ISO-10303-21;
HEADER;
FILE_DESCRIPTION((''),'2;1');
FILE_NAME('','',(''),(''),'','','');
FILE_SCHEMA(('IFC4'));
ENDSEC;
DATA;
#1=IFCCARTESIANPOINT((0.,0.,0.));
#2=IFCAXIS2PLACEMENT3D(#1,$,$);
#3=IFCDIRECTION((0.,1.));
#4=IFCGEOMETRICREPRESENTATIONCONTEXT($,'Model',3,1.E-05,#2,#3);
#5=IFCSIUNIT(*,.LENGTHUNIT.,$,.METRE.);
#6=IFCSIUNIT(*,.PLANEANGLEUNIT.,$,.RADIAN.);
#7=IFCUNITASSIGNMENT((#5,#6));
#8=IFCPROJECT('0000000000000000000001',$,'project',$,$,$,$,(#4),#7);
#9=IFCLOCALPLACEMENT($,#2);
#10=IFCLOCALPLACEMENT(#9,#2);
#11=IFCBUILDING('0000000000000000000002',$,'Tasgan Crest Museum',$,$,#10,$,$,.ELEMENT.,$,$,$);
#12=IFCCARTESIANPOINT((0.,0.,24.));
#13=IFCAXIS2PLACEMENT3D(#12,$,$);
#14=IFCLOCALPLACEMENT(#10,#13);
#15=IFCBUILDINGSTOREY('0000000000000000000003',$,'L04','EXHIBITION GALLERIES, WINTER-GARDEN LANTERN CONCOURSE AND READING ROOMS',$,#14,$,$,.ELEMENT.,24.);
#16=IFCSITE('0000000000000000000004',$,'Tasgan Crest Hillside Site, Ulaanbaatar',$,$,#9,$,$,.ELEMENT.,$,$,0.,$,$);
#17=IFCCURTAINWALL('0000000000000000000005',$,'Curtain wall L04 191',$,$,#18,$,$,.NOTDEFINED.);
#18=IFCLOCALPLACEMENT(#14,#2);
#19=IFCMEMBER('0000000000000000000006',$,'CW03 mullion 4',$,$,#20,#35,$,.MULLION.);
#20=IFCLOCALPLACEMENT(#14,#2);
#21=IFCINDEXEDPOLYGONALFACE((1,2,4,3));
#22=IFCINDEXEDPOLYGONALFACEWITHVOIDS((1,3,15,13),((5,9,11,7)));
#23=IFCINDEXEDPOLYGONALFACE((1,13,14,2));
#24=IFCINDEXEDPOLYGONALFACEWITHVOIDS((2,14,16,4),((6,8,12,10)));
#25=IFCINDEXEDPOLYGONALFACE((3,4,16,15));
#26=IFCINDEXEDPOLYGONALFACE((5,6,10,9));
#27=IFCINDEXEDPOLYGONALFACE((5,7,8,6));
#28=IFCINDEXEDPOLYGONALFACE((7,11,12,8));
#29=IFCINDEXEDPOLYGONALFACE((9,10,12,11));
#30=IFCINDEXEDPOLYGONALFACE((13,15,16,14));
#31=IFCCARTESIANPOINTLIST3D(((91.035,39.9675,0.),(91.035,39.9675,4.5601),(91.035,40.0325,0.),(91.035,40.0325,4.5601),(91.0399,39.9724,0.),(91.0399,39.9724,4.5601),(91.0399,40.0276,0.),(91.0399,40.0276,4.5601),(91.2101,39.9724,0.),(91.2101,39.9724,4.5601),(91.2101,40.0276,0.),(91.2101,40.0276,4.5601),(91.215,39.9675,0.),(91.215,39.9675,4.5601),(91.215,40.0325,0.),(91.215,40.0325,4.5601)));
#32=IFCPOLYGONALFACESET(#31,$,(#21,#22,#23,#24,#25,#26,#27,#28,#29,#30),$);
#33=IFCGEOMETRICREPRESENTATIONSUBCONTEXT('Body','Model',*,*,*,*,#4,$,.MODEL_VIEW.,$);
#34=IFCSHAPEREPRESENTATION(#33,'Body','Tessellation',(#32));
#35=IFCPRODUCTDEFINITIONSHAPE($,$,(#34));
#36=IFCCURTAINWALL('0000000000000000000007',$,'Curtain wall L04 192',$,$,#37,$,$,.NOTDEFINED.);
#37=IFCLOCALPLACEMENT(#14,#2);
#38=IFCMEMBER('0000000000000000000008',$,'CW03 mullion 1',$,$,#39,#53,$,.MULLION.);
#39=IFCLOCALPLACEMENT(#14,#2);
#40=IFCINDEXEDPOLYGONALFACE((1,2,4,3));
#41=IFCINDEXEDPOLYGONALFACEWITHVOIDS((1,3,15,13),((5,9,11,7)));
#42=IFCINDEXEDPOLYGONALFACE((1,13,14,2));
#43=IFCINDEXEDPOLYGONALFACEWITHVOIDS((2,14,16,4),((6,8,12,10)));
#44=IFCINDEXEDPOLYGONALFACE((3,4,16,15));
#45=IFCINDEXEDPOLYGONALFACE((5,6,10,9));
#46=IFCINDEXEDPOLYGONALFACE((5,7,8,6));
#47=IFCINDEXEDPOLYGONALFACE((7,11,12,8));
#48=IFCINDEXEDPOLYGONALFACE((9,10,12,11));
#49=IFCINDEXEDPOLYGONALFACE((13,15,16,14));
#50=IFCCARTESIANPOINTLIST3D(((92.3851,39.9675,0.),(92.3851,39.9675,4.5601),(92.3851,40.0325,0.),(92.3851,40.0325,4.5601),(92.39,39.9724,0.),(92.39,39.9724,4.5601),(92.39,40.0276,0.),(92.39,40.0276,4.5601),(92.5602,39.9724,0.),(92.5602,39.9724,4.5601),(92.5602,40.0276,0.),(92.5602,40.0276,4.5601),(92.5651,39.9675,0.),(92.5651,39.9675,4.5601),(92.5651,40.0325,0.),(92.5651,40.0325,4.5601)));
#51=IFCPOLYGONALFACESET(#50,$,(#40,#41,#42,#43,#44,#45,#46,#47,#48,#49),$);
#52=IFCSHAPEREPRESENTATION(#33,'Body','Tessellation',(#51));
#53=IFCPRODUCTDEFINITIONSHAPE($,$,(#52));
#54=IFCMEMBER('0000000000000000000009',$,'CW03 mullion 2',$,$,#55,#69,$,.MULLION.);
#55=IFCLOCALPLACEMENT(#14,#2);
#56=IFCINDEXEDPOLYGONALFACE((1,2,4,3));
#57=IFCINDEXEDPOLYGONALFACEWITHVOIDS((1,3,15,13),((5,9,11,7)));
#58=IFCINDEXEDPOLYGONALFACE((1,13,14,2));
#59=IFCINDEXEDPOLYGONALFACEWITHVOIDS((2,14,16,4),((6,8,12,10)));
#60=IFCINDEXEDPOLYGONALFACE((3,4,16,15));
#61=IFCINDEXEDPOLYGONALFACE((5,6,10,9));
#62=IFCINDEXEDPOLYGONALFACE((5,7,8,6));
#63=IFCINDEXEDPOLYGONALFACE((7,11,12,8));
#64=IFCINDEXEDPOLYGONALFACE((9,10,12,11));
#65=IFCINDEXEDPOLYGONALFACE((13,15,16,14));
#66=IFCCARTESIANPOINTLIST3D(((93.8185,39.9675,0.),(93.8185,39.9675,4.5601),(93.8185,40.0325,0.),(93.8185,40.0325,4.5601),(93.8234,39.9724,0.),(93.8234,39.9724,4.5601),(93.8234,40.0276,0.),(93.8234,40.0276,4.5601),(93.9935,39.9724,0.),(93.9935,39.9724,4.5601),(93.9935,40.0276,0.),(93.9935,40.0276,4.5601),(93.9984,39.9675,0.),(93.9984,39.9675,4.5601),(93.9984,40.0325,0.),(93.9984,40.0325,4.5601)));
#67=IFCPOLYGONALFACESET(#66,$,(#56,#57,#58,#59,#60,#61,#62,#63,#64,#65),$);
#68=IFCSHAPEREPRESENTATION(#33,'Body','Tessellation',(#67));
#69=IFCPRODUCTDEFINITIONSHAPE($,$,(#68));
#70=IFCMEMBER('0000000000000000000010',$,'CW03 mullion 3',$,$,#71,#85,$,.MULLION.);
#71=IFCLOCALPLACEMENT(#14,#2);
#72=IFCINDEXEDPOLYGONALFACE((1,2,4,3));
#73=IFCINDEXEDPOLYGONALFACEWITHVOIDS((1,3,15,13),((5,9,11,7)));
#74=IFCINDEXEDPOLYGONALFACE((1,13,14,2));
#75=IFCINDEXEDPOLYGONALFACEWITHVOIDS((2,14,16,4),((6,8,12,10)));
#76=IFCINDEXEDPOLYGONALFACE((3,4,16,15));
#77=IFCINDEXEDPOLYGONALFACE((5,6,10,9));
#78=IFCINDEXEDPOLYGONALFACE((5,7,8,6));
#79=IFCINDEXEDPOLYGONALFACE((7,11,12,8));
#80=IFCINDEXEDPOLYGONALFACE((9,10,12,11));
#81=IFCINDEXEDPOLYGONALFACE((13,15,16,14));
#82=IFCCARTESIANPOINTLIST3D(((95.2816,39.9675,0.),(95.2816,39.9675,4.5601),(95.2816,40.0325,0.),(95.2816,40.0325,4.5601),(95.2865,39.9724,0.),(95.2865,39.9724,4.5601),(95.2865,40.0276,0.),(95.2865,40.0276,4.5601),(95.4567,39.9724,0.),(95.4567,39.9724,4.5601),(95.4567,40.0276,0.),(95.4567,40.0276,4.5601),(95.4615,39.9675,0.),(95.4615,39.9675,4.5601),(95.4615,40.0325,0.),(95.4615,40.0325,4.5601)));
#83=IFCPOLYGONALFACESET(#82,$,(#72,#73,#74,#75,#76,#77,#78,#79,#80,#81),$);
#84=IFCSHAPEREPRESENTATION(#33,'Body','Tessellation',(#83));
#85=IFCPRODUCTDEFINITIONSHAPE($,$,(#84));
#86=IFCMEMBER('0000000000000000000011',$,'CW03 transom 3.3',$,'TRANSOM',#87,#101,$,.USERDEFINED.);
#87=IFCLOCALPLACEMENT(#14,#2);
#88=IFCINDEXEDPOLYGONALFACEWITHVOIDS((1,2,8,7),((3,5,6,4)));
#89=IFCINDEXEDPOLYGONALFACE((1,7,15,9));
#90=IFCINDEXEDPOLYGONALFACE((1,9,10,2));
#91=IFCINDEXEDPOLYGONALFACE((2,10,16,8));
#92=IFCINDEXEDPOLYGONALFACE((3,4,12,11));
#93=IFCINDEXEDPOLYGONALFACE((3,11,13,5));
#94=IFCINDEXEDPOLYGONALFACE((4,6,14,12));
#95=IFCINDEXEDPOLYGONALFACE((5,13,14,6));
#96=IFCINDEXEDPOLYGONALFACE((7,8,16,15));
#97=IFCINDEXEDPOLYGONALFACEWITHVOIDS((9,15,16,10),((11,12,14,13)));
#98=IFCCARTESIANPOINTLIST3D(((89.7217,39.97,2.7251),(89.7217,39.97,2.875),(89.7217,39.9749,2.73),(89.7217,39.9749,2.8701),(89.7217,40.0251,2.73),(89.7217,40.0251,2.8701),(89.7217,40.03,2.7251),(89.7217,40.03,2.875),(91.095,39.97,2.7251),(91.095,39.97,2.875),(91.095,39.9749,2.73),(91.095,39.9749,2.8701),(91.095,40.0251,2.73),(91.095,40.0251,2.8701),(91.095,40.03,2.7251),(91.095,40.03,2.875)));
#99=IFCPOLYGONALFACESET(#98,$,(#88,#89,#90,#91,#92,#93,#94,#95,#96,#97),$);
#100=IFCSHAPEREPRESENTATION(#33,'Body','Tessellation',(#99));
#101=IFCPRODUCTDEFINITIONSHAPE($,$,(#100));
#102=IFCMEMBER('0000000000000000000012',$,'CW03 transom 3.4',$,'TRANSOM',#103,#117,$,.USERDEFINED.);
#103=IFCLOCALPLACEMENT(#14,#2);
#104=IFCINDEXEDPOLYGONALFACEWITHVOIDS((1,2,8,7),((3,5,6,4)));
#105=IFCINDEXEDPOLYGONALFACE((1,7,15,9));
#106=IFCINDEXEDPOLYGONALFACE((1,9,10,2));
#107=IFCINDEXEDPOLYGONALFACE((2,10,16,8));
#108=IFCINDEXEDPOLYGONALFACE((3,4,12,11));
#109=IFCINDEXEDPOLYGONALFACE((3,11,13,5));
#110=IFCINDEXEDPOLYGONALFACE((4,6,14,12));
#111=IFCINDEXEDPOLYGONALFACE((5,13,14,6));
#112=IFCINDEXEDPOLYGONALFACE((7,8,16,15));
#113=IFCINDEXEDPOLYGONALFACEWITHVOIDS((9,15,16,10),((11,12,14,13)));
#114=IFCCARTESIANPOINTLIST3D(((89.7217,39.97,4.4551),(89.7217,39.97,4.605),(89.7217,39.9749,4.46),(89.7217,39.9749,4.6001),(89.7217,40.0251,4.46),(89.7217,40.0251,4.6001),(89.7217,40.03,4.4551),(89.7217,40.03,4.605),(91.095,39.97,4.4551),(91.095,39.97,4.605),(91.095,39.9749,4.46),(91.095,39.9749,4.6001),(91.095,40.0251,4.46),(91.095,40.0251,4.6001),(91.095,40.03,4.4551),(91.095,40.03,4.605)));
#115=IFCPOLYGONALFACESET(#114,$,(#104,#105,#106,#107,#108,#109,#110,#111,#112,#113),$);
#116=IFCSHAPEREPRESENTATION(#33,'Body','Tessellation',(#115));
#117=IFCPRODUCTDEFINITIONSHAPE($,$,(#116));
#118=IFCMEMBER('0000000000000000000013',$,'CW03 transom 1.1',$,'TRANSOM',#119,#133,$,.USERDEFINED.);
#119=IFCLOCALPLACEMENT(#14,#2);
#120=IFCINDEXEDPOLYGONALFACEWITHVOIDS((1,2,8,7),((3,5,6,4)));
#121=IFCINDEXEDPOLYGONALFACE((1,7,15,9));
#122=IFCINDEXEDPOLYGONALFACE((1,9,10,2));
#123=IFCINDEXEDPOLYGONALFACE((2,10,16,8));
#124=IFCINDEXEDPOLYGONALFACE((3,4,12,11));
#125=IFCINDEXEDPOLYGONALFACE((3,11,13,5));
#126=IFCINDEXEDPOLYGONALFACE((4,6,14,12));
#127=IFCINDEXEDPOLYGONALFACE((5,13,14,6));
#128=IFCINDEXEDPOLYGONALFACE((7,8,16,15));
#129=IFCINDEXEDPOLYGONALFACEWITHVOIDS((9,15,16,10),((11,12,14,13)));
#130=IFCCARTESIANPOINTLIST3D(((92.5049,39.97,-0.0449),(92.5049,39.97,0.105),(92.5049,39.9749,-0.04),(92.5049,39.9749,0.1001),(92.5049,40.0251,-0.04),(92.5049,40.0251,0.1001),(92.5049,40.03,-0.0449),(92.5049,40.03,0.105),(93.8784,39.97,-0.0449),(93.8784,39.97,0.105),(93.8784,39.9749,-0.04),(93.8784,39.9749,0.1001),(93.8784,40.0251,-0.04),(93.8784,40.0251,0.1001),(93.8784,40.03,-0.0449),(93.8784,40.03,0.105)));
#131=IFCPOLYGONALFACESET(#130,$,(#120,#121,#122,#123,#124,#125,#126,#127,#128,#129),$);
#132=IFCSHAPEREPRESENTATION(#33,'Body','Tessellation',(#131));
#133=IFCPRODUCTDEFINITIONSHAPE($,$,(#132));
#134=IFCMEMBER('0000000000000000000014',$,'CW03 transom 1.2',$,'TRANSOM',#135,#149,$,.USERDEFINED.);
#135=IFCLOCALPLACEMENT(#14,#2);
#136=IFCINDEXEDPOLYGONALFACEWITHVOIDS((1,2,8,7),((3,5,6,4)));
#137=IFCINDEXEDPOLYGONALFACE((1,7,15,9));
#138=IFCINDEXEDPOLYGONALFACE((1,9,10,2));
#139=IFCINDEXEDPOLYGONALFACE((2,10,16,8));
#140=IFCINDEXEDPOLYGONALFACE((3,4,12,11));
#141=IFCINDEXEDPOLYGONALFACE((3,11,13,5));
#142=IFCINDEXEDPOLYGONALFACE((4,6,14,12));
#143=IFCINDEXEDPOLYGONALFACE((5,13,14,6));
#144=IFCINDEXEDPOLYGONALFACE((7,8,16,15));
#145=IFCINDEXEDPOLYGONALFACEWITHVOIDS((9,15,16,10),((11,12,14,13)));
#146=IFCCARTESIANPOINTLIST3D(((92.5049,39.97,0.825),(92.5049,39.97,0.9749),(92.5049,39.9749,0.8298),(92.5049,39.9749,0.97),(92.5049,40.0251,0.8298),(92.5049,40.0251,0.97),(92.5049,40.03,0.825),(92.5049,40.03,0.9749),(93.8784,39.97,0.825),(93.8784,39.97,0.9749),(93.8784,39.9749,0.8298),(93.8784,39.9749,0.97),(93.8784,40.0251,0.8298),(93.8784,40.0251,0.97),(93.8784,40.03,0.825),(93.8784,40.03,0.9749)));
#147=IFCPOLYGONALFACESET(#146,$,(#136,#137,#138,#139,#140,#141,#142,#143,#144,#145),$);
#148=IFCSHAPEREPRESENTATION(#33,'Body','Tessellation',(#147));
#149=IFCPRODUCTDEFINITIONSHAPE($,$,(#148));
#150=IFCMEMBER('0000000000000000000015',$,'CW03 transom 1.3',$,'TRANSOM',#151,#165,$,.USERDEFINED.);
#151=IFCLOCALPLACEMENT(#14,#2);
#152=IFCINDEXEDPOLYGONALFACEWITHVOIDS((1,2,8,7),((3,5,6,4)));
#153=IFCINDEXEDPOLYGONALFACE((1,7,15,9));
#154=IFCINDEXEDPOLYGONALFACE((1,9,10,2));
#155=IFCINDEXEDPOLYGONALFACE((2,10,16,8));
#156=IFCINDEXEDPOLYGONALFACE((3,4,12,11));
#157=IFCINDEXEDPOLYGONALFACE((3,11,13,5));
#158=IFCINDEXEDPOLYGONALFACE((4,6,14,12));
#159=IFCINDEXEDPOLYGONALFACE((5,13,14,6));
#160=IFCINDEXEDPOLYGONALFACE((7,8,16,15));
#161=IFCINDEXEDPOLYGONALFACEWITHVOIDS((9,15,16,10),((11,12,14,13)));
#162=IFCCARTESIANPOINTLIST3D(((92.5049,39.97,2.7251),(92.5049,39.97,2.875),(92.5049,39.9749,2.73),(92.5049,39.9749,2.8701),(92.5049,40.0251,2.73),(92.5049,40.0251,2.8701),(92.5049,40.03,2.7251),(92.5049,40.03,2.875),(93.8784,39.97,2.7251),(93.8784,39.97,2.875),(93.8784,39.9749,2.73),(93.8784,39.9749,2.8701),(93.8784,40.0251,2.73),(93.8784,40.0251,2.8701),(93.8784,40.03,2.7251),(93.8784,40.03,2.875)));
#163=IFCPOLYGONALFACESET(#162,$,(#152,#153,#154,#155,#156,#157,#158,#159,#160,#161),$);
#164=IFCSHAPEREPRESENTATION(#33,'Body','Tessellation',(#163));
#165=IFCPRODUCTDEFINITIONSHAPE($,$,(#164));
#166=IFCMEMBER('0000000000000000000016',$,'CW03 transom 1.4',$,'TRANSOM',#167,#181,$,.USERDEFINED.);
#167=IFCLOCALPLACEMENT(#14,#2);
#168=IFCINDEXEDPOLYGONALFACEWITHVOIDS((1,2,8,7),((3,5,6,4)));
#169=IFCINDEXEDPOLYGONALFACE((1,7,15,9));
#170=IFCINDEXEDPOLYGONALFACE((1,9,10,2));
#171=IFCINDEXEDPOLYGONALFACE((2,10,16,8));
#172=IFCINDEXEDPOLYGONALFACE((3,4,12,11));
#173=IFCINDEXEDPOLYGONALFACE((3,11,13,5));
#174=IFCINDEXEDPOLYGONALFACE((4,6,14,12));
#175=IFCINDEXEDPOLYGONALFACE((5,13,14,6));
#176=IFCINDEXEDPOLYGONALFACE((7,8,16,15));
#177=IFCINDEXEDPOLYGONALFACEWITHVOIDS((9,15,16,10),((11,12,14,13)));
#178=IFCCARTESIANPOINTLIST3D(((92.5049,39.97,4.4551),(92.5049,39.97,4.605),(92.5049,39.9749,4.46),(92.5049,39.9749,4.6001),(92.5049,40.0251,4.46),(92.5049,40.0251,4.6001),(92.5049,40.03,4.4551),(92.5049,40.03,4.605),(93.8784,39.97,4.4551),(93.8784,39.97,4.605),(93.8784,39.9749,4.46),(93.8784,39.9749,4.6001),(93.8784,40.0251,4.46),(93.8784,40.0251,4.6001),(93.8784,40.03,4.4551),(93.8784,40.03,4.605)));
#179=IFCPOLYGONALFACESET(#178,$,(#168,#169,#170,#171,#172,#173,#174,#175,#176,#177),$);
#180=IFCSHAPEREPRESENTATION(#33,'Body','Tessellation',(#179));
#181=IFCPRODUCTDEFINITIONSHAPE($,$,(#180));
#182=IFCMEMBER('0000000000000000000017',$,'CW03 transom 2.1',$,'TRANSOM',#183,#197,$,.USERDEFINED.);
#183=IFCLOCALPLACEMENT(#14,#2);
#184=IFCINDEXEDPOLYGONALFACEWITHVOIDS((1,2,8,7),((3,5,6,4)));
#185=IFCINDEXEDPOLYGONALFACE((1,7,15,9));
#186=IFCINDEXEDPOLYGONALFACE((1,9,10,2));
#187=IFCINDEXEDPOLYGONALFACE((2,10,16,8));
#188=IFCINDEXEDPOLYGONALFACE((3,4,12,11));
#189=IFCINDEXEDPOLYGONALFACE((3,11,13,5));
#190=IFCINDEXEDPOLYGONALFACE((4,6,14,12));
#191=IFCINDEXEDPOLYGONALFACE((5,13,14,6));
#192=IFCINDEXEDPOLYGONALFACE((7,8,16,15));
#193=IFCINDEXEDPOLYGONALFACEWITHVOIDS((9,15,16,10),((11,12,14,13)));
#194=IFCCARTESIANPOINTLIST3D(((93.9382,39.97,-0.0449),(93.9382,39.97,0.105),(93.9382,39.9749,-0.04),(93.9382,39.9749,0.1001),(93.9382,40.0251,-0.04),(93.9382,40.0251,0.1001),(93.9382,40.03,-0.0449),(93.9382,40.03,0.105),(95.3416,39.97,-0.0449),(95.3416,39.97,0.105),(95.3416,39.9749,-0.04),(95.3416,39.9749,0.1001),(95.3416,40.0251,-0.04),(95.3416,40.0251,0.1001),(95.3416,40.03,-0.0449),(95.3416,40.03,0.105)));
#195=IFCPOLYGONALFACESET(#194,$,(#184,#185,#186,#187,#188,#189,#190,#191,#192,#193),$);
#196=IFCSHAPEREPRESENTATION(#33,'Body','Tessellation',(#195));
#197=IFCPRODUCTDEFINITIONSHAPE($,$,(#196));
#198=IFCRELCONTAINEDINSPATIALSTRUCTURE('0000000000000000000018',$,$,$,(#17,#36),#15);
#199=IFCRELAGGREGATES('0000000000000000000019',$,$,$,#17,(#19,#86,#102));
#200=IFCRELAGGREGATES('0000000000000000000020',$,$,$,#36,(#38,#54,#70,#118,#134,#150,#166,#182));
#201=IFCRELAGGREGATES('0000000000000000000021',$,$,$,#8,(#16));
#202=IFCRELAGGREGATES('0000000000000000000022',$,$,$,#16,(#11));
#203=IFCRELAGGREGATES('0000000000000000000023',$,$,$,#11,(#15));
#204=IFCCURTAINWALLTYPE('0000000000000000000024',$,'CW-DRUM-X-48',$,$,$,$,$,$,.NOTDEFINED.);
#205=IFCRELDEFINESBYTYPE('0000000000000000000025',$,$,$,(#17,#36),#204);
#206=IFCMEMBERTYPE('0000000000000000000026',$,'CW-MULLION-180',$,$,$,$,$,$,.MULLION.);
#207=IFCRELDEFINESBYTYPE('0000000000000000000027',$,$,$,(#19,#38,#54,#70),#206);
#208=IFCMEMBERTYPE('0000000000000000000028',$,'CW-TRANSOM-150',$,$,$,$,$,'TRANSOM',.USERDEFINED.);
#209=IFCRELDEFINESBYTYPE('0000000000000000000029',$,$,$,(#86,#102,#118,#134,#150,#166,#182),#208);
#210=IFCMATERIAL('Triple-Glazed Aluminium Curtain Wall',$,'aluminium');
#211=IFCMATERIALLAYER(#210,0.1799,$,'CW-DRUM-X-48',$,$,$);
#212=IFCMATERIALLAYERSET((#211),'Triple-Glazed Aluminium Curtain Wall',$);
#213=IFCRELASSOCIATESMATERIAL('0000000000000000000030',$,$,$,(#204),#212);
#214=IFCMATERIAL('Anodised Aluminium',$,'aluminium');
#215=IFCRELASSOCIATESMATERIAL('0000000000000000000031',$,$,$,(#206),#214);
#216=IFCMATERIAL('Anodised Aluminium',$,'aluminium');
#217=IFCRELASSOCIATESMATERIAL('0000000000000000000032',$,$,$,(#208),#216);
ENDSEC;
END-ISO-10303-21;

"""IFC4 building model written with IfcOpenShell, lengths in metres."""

from ifc_helpers import new_model, si_unit, direction, frame, origin, origin_2d, place, context, subcontext, project, spatial, hollow_rectangle, extrude, material, layer, layer_set, material_profile, profile_set, type_object, element, aggregate, save


model = new_model("IFC4")

# Units and contexts
model_context = context("Model", 3, precision=1e-05, world=origin(), true_north=direction((0.0, 1.0)))
body_context = subcontext(model_context, "Body", "Model", "MODEL_VIEW")
ifc_project = project(units=[si_unit("LENGTHUNIT", "METRE"), si_unit("PLANEANGLEUNIT", "RADIAN")], contexts=[model_context])

# Site, building, storey
site_placement = place(None, origin())
site = spatial("IfcSite", under=ifc_project, at=site_placement, Name="Tasgan Crest Hillside Site, Ulaanbaatar", CompositionType="ELEMENT", RefElevation=0.0)
building_placement = place(site_placement, origin())
building = spatial("IfcBuilding", under=site, at=building_placement, Name="Tasgan Crest Museum", CompositionType="ELEMENT")
storey_placement = place(building_placement, frame((0.0, 0.0, 24.0)))
storey = spatial("IfcBuildingStorey", under=building, at=storey_placement, Name="L04", Description="EXHIBITION GALLERIES, WINTER-GARDEN LANTERN CONCOURSE AND READING ROOMS", CompositionType="ELEMENT", Elevation=24.0)

# Curtain wall, member
ifc_material_1 = material(Name="Triple-Glazed Aluminium Curtain Wall", Category="aluminium")
ifc_layer_1 = layer(ifc_material_1, 0.1799, Name="CW-DRUM-X-48")
ifc_layer_set_1 = layer_set([ifc_layer_1], Name="Triple-Glazed Aluminium Curtain Wall")
curtain_wall_type = type_object("IfcCurtainWallType", Name="CW-DRUM-X-48", PredefinedType="NOTDEFINED", material=ifc_layer_set_1)
curtain_wall_1_placement = place(storey_placement, origin())
curtain_wall_1 = element("IfcCurtainWall", 1, at=curtain_wall_1_placement, inside=storey, type_object=curtain_wall_type, Name="Curtain wall L04 191", PredefinedType="NOTDEFINED")
ifc_material_2 = material(Name="Anodised Aluminium", Category="aluminium")
ifc_material_profile_1 = material_profile(ifc_material_2, hollow_rectangle(XDim=0.0649, YDim=0.1799, WallThickness=0.0049, at=origin_2d()), Name="ALU MULLION 180x65x5")
ifc_profile_set_1 = profile_set([ifc_material_profile_1], Name="Anodised Aluminium")
member_type_1 = type_object("IfcMemberType", Name="CW-MULLION-180", PredefinedType="MULLION", material=ifc_profile_set_1)
member_1_placement = place(storey_placement, frame((91.125, 40.0, 0.0), z_axis=(0.0, 0.0, 1.0), x_axis=(0.0, 1.0, 0.0)))
member_1 = element("IfcMember", 2, at=member_1_placement, type_object=member_type_1, Name="CW03 mullion 4", PredefinedType="MULLION", context=body_context, shape_type="SweptSolid", body=[
    extrude(hollow_rectangle(XDim=0.0649, YDim=0.1799, WallThickness=0.0049, at=origin_2d()), origin(), (0.0, 0.0, 1.0), 4.5601),
])

# Curtain wall, members
curtain_wall_2_placement = place(storey_placement, origin())
curtain_wall_2 = element("IfcCurtainWall", 3, at=curtain_wall_2_placement, inside=storey, type_object=curtain_wall_type, Name="Curtain wall L04 192", PredefinedType="NOTDEFINED")
member_2_placement = place(storey_placement, frame((92.4751, 40.0, 0.0), z_axis=(0.0, 0.0, 1.0), x_axis=(0.0, 1.0, 0.0)))
member_2 = element("IfcMember", 4, at=member_2_placement, type_object=member_type_1, Name="CW03 mullion 1", PredefinedType="MULLION", context=body_context, shape_type="SweptSolid", body=[
    extrude(hollow_rectangle(XDim=0.0649, YDim=0.1799, WallThickness=0.0049, at=origin_2d()), origin(), (0.0, 0.0, 1.0), 4.5601),
])
member_3_placement = place(storey_placement, frame((93.9084, 40.0, 0.0), z_axis=(0.0, 0.0, 1.0), x_axis=(0.0, 1.0, 0.0)))
member_3 = element("IfcMember", 5, at=member_3_placement, type_object=member_type_1, Name="CW03 mullion 2", PredefinedType="MULLION", context=body_context, shape_type="SweptSolid", body=[
    extrude(hollow_rectangle(XDim=0.0649, YDim=0.1799, WallThickness=0.0049, at=origin_2d()), origin(), (0.0, 0.0, 1.0), 4.5601),
])
member_4_placement = place(storey_placement, frame((95.3716, 40.0, 0.0), z_axis=(0.0, 0.0, 1.0), x_axis=(0.0, 1.0, 0.0)))
member_4 = element("IfcMember", 6, at=member_4_placement, type_object=member_type_1, Name="CW03 mullion 3", PredefinedType="MULLION", context=body_context, shape_type="SweptSolid", body=[
    extrude(hollow_rectangle(XDim=0.0649, YDim=0.1799, WallThickness=0.0049, at=origin_2d()), origin(), (0.0, 0.0, 1.0), 4.5601),
])

# Members
ifc_material_3 = material(Name="Anodised Aluminium", Category="aluminium")
ifc_material_profile_2 = material_profile(ifc_material_3, hollow_rectangle(XDim=0.0601, YDim=0.1499, WallThickness=0.0049, at=origin_2d()), Name="ALU TRANSOM 150x60x5")
ifc_profile_set_2 = profile_set([ifc_material_profile_2], Name="Anodised Aluminium")
member_type_2 = type_object("IfcMemberType", Name="CW-TRANSOM-150", ElementType="TRANSOM", PredefinedType="USERDEFINED", material=ifc_profile_set_2)
member_5_placement = place(storey_placement, frame((89.7217, 40.0, 2.8), z_axis=(1.0, 0.0, 0.0), x_axis=(0.0, 1.0, 0.0)))
member_5 = element("IfcMember", 7, at=member_5_placement, type_object=member_type_2, Name="CW03 transom 3.3", ObjectType="TRANSOM", PredefinedType="USERDEFINED", context=body_context, shape_type="SweptSolid", body=[
    extrude(hollow_rectangle(XDim=0.0601, YDim=0.1499, WallThickness=0.0049, at=origin_2d()), origin(), (0.0, 0.0, 1.0), 1.3733),
])
member_6_placement = place(storey_placement, frame((89.7217, 40.0, 4.53), z_axis=(1.0, 0.0, 0.0), x_axis=(0.0, 1.0, 0.0)))
member_6 = element("IfcMember", 8, at=member_6_placement, type_object=member_type_2, Name="CW03 transom 3.4", ObjectType="TRANSOM", PredefinedType="USERDEFINED", context=body_context, shape_type="SweptSolid", body=[
    extrude(hollow_rectangle(XDim=0.0601, YDim=0.1499, WallThickness=0.0049, at=origin_2d()), origin(), (0.0, 0.0, 1.0), 1.3733),
])
member_7_placement = place(storey_placement, frame((92.5049, 40.0, 0.03), z_axis=(1.0, 0.0, 0.0), x_axis=(0.0, 1.0, 0.0)))
member_7 = element("IfcMember", 9, at=member_7_placement, type_object=member_type_2, Name="CW03 transom 1.1", ObjectType="TRANSOM", PredefinedType="USERDEFINED", context=body_context, shape_type="SweptSolid", body=[
    extrude(hollow_rectangle(XDim=0.0601, YDim=0.1499, WallThickness=0.0049, at=origin_2d()), origin(), (0.0, 0.0, 1.0), 1.3735),
])
member_8_placement = place(storey_placement, frame((92.5049, 40.0, 0.8999), z_axis=(1.0, 0.0, 0.0), x_axis=(0.0, 1.0, 0.0)))
member_8 = element("IfcMember", 10, at=member_8_placement, type_object=member_type_2, Name="CW03 transom 1.2", ObjectType="TRANSOM", PredefinedType="USERDEFINED", context=body_context, shape_type="SweptSolid", body=[
    extrude(hollow_rectangle(XDim=0.0601, YDim=0.1499, WallThickness=0.0049, at=origin_2d()), origin(), (0.0, 0.0, 1.0), 1.3735),
])
member_9_placement = place(storey_placement, frame((92.5049, 40.0, 2.8), z_axis=(1.0, 0.0, 0.0), x_axis=(0.0, 1.0, 0.0)))
member_9 = element("IfcMember", 11, at=member_9_placement, type_object=member_type_2, Name="CW03 transom 1.3", ObjectType="TRANSOM", PredefinedType="USERDEFINED", context=body_context, shape_type="SweptSolid", body=[
    extrude(hollow_rectangle(XDim=0.0601, YDim=0.1499, WallThickness=0.0049, at=origin_2d()), origin(), (0.0, 0.0, 1.0), 1.3735),
])
member_10_placement = place(storey_placement, frame((92.5049, 40.0, 4.53), z_axis=(1.0, 0.0, 0.0), x_axis=(0.0, 1.0, 0.0)))
member_10 = element("IfcMember", 12, at=member_10_placement, type_object=member_type_2, Name="CW03 transom 1.4", ObjectType="TRANSOM", PredefinedType="USERDEFINED", context=body_context, shape_type="SweptSolid", body=[
    extrude(hollow_rectangle(XDim=0.0601, YDim=0.1499, WallThickness=0.0049, at=origin_2d()), origin(), (0.0, 0.0, 1.0), 1.3735),
])
member_11_placement = place(storey_placement, frame((93.9382, 40.0, 0.03), z_axis=(1.0, 0.0, 0.0), x_axis=(0.0, 1.0, 0.0)))
member_11 = element("IfcMember", 13, at=member_11_placement, type_object=member_type_2, Name="CW03 transom 2.1", ObjectType="TRANSOM", PredefinedType="USERDEFINED", context=body_context, shape_type="SweptSolid", body=[
    extrude(hollow_rectangle(XDim=0.0601, YDim=0.1499, WallThickness=0.0049, at=origin_2d()), origin(), (0.0, 0.0, 1.0), 1.4033),
])

aggregate(curtain_wall_1, [member_1, member_5, member_6])
aggregate(curtain_wall_2, [member_2, member_3, member_4, member_7, member_8, member_9, member_10, member_11])

save(model, "model.ifc")
